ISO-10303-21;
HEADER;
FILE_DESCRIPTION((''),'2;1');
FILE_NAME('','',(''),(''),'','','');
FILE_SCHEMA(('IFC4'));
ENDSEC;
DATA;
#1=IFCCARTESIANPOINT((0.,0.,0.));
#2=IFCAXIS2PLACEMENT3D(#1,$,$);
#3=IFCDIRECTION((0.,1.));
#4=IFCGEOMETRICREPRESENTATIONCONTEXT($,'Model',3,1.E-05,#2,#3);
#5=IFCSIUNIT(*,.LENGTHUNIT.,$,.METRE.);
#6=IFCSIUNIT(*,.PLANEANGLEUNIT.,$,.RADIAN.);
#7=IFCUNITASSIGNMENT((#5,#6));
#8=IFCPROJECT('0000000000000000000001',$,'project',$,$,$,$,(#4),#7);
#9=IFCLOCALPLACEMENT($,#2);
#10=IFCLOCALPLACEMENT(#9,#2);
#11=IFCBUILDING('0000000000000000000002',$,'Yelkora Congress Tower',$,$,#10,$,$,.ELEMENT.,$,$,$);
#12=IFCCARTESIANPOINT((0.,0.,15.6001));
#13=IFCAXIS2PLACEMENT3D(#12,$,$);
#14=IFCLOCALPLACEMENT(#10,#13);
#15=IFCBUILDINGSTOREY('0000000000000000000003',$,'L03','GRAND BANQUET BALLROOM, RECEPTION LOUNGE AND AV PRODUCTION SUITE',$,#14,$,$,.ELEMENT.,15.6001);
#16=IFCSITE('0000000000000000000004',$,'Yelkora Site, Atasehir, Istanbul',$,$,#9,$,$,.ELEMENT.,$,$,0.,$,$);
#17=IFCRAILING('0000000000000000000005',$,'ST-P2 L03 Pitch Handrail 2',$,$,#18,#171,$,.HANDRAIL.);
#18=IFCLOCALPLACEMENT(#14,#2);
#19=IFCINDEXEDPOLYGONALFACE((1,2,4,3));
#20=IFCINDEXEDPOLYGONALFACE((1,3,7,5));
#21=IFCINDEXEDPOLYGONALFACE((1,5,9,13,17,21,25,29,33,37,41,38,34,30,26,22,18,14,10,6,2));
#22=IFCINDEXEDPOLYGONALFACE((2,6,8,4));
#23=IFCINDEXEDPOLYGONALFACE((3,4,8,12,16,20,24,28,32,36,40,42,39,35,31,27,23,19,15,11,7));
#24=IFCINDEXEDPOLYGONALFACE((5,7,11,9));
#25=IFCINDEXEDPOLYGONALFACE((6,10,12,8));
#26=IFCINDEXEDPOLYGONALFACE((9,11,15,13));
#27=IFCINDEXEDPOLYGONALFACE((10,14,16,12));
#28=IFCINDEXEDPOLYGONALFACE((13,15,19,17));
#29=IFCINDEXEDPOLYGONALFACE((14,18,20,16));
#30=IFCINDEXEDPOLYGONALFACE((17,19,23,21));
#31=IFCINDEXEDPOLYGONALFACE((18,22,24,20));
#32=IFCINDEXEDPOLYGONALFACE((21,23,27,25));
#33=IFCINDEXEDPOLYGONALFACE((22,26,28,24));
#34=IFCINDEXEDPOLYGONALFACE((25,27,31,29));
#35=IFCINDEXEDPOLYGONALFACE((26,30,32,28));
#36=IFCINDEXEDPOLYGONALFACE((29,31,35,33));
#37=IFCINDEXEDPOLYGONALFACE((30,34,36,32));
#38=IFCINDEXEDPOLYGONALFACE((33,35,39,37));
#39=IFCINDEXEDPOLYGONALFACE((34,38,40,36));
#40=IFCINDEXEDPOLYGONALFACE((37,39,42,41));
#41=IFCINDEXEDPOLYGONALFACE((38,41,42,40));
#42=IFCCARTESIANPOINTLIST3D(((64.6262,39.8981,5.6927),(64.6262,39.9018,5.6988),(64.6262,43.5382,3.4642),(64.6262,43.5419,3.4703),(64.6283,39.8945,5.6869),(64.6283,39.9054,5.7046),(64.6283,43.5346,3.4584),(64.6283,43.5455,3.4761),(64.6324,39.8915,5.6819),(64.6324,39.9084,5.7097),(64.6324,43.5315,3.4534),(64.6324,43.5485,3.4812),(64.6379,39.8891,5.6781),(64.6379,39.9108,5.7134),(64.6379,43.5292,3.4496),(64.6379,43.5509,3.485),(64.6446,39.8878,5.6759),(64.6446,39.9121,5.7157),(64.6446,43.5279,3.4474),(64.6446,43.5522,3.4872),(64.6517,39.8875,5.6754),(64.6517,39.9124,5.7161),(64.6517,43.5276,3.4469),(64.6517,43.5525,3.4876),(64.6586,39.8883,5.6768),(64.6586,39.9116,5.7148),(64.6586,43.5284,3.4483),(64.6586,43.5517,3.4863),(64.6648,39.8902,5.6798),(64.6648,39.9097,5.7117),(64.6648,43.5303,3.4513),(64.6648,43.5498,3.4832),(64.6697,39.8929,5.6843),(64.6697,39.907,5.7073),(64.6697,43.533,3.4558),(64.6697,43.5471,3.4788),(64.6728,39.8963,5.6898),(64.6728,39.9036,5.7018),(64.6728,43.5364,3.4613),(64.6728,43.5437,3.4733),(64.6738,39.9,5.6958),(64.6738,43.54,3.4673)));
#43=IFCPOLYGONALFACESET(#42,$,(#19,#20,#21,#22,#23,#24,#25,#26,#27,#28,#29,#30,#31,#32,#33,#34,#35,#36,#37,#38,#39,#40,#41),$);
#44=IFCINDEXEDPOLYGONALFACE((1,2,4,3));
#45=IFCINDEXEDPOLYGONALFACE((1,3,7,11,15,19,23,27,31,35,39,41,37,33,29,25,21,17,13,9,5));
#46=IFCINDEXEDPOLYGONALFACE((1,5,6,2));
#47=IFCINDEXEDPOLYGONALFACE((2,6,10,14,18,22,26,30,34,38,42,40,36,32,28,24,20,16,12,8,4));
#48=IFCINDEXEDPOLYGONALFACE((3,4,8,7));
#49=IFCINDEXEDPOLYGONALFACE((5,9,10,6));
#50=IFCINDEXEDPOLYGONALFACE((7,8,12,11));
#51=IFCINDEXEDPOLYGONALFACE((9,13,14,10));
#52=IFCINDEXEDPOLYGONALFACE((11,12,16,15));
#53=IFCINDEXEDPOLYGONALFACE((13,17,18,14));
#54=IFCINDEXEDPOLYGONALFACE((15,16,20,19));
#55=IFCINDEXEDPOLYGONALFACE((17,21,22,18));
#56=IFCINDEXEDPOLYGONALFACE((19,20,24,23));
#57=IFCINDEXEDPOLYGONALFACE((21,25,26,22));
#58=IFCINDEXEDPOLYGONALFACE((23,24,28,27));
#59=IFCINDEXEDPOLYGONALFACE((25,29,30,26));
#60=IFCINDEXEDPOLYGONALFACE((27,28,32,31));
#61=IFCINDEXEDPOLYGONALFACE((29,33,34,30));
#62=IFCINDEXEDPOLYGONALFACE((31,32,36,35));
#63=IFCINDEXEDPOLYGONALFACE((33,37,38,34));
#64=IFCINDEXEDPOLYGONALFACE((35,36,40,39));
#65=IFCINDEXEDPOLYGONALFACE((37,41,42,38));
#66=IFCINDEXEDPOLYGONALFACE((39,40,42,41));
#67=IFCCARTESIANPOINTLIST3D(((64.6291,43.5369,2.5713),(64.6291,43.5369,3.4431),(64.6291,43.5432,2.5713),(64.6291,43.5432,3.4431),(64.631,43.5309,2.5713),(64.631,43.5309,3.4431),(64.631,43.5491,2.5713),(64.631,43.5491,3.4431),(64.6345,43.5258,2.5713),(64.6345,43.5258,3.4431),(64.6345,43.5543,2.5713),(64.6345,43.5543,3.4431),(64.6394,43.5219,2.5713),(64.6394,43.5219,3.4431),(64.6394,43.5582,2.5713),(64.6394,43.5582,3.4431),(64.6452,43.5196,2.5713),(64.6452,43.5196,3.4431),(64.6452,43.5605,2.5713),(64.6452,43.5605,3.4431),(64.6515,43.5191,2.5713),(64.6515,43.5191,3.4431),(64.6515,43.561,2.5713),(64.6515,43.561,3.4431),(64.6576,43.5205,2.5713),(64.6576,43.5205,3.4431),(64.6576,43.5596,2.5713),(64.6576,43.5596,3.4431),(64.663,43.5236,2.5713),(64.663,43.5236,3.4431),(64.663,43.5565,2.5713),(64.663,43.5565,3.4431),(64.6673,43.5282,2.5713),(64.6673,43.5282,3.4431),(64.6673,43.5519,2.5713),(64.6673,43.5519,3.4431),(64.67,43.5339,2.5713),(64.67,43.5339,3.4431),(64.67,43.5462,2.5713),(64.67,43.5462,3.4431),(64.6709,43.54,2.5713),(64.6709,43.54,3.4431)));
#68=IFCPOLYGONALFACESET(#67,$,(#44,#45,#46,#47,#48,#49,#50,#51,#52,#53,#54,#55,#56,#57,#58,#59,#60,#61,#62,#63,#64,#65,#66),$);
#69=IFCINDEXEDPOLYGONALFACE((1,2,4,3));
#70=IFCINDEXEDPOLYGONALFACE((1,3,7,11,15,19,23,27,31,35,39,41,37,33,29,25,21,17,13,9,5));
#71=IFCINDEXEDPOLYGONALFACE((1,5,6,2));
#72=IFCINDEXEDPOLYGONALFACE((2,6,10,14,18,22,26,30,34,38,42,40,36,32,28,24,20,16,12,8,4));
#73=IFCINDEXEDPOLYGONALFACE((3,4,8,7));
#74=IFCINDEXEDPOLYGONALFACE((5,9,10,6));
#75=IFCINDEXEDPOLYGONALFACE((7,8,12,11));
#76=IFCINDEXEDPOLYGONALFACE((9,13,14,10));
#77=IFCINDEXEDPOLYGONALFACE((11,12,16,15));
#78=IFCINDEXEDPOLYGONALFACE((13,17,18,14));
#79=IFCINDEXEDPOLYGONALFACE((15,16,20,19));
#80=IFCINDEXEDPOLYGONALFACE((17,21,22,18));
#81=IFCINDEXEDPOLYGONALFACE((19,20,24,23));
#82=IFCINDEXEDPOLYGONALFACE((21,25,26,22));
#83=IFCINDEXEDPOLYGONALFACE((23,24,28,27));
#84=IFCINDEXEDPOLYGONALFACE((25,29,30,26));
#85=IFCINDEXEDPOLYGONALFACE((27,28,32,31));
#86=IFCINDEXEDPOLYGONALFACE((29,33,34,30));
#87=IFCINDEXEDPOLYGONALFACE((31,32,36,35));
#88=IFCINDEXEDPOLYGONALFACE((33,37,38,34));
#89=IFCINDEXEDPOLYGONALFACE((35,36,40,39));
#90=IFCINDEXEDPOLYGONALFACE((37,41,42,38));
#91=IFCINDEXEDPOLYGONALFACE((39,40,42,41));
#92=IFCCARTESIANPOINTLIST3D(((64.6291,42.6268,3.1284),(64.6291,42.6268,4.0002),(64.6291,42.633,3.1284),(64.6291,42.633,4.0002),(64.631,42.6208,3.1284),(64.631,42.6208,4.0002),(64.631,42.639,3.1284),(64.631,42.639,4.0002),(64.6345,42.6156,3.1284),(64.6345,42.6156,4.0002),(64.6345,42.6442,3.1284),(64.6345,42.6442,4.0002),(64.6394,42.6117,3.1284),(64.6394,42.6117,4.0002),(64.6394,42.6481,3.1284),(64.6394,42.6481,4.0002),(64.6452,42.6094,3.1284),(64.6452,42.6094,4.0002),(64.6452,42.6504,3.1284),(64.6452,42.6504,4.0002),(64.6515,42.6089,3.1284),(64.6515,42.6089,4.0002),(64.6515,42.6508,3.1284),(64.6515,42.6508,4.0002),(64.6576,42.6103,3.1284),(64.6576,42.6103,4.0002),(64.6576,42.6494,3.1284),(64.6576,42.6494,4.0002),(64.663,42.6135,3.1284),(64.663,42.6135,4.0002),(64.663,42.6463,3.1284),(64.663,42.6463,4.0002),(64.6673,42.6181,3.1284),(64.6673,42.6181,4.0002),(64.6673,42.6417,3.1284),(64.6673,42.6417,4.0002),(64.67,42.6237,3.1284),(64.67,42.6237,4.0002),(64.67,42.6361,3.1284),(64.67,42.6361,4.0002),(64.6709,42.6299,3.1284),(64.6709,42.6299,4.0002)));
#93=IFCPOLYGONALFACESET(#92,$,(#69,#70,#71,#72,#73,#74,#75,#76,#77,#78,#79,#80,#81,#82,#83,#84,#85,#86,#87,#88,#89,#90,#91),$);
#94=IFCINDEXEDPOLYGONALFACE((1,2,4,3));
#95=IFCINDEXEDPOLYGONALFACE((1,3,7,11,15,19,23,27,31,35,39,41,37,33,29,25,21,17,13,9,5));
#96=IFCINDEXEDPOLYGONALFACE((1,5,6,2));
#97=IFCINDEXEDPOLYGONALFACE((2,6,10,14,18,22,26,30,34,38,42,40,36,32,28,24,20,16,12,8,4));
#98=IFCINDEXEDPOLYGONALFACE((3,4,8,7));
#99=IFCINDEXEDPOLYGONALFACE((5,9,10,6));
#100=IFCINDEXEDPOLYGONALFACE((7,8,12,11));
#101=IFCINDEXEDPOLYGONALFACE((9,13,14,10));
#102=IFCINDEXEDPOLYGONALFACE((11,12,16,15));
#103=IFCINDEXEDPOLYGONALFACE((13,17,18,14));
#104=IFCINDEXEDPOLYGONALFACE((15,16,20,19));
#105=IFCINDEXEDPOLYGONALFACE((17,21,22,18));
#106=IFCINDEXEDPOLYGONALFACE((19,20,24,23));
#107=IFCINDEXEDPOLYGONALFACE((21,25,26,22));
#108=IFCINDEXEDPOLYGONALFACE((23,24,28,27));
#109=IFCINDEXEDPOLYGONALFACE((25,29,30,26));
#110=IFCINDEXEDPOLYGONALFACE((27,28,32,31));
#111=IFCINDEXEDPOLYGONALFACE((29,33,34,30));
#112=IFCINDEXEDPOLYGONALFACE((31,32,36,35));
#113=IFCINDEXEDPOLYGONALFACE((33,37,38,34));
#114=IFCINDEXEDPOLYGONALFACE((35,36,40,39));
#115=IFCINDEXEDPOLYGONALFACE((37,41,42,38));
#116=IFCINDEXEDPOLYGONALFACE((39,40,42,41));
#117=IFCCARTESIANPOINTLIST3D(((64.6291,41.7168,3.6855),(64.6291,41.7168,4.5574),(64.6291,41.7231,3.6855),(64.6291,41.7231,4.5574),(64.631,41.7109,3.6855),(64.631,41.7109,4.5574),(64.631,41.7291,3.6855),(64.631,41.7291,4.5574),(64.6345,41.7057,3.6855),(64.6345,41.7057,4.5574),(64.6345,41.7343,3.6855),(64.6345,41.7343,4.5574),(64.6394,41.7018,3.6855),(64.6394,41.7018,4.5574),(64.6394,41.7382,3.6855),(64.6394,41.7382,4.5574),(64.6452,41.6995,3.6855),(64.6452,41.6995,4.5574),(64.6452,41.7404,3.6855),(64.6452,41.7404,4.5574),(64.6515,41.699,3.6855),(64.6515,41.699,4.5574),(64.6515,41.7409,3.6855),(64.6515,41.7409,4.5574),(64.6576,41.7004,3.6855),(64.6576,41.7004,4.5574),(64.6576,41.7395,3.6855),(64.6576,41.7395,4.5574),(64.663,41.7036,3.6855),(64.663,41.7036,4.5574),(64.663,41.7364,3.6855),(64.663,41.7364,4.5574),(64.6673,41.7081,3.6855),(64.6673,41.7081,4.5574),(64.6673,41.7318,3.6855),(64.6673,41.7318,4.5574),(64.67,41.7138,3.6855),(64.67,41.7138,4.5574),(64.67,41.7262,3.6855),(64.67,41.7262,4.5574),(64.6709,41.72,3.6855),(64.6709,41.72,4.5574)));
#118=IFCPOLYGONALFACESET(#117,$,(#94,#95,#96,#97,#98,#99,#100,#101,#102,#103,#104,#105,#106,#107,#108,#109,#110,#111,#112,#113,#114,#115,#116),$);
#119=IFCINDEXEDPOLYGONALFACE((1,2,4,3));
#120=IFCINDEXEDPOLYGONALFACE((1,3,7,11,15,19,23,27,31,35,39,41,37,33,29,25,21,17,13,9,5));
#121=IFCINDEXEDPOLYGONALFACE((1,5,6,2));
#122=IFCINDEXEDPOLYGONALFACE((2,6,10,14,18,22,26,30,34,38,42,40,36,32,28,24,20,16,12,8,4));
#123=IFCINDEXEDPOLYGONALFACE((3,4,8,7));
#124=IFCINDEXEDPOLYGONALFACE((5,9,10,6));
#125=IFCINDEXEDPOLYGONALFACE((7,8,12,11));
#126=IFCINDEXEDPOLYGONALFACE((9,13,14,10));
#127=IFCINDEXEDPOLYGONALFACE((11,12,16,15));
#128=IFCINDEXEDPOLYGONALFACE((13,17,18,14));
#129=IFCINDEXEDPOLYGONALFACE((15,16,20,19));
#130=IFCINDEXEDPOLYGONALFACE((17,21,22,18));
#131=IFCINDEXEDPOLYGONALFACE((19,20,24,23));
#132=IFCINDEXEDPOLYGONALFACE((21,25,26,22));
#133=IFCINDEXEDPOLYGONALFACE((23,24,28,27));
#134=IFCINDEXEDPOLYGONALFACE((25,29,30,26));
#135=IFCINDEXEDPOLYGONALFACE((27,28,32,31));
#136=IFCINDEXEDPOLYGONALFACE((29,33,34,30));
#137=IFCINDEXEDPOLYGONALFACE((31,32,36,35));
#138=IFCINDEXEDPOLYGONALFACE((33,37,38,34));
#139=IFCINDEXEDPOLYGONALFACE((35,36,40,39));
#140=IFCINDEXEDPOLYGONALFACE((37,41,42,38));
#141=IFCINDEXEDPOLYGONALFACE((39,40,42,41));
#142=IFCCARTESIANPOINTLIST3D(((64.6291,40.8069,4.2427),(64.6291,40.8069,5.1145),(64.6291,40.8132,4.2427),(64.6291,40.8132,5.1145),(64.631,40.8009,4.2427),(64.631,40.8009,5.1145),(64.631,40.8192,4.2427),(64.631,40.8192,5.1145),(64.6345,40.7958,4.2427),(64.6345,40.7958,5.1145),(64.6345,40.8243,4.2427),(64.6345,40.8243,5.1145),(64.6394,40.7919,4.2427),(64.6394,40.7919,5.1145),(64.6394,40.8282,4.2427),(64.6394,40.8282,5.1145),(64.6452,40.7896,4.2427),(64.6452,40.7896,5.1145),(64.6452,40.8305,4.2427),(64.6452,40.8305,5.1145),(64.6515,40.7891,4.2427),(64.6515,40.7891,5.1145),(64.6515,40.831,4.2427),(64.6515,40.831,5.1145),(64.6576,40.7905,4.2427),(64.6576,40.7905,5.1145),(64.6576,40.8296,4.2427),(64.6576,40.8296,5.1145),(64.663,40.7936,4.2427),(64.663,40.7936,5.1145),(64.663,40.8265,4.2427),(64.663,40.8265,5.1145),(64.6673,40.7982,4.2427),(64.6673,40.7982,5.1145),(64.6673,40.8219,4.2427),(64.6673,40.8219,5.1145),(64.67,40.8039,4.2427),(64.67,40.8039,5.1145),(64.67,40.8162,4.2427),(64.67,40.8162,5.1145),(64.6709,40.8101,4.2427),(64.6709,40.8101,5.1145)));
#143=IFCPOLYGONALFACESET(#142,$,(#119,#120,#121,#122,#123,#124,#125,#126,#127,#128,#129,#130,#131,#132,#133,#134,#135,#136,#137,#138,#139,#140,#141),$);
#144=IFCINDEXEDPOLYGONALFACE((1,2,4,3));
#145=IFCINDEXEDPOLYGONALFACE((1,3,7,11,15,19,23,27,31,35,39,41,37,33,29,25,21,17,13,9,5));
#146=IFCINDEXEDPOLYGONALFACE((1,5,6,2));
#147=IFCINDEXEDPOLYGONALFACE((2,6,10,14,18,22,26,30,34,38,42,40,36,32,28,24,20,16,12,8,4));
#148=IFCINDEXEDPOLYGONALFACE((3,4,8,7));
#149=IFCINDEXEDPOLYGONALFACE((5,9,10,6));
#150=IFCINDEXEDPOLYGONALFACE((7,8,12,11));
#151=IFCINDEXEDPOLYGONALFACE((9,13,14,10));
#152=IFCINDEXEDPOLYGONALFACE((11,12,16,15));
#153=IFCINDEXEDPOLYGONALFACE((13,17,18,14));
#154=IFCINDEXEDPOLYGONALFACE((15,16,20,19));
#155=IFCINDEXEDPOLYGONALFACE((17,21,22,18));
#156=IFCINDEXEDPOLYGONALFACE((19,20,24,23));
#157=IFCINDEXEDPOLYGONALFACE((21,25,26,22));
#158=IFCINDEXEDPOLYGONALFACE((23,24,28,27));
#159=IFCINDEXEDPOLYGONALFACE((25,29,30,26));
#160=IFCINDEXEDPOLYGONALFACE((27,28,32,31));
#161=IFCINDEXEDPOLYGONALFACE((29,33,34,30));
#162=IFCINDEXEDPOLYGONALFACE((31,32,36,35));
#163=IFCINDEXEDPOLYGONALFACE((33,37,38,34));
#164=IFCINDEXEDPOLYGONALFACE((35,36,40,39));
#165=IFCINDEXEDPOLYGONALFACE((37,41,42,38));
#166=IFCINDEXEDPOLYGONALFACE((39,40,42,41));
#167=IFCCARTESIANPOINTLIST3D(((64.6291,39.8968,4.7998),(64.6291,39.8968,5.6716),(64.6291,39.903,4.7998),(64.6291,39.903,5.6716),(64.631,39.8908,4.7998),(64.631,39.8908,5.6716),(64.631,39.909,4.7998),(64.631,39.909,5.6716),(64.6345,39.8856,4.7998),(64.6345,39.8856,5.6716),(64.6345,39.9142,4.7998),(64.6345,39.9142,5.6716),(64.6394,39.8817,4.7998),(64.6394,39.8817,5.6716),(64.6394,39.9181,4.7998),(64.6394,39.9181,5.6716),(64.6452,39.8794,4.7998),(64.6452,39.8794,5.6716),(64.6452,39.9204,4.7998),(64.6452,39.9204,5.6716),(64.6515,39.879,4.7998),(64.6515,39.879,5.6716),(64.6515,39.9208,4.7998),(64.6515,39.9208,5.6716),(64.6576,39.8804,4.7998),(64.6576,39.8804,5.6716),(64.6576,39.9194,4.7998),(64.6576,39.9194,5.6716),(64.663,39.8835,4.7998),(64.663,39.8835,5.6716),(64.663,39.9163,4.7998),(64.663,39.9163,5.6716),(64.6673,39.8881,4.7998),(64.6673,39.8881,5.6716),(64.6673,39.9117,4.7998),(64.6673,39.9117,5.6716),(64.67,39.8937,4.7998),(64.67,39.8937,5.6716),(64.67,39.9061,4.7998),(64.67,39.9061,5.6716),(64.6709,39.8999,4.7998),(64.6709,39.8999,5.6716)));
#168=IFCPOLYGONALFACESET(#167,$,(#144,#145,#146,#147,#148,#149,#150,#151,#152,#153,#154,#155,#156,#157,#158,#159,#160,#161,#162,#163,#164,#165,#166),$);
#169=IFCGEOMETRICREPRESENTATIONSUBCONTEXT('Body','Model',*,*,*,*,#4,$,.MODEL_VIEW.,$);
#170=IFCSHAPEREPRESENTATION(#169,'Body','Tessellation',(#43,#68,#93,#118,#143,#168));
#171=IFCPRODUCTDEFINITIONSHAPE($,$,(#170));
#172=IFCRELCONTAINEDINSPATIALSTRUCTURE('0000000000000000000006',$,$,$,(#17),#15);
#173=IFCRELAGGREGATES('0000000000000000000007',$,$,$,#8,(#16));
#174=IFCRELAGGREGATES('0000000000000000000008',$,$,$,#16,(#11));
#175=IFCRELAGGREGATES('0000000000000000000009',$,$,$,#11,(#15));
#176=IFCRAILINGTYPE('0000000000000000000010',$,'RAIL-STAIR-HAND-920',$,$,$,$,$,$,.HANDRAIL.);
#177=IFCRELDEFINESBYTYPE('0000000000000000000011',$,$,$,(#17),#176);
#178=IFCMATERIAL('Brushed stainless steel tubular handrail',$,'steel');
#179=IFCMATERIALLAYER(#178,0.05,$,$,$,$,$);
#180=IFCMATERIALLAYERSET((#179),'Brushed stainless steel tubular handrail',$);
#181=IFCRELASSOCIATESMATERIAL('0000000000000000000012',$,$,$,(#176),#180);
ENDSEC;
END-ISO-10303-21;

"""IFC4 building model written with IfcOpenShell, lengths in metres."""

from ifc_helpers import new_model, si_unit, direction, frame, origin, origin_2d, place, context, subcontext, project, spatial, circle, extrude, material, layer, layer_set, type_object, element, save


model = new_model("IFC4")

# Units and contexts
model_context = context("Model", 3, precision=1e-05, world=origin(), true_north=direction((0.0, 1.0)))
body_context = subcontext(model_context, "Body", "Model", "MODEL_VIEW")
ifc_project = project(units=[si_unit("LENGTHUNIT", "METRE"), si_unit("PLANEANGLEUNIT", "RADIAN")], contexts=[model_context])

# Site, building, storey
site_placement = place(None, origin())
site = spatial("IfcSite", under=ifc_project, at=site_placement, Name="Yelkora Site, Atasehir, Istanbul", CompositionType="ELEMENT", RefElevation=0.0)
building_placement = place(site_placement, origin())
building = spatial("IfcBuilding", under=site, at=building_placement, Name="Yelkora Congress Tower", CompositionType="ELEMENT")
storey_placement = place(building_placement, frame((0.0, 0.0, 15.6001)))
storey = spatial("IfcBuildingStorey", under=building, at=storey_placement, Name="L03", Description="GRAND BANQUET BALLROOM, RECEPTION LOUNGE AND AV PRODUCTION SUITE", CompositionType="ELEMENT", Elevation=15.6001)

# Railing
ifc_material_1 = material(Name="Brushed stainless steel tubular handrail", Category="steel")
ifc_layer_1 = layer(ifc_material_1, 0.05)
ifc_layer_set_1 = layer_set([ifc_layer_1], Name="Brushed stainless steel tubular handrail")
railing_type_1 = type_object("IfcRailingType", Name="RAIL-STAIR-HAND-920", PredefinedType="HANDRAIL", material=ifc_layer_set_1)
railing_1_placement = place(storey_placement, frame((64.6499, 43.54, 2.5713)))
element("IfcRailing", 1, at=railing_1_placement, inside=storey, type_object=railing_type_1, Name="ST-P2 L03 Pitch Handrail 2", PredefinedType="HANDRAIL", context=body_context, shape_type="SweptSolid", body=[
    extrude(circle(Radius=0.0239, at=origin_2d()), frame((0.0, 0.0, 0.896), z_axis=(0.0, -0.852866, 0.52213), x_axis=(1.0, 0.0, 0.0)), (0.0, 0.0, 1.0), 4.2681),
    extrude(circle(Radius=0.021, at=origin_2d()), origin(), (0.0, 0.0, 1.0), 0.8718),
    extrude(circle(Radius=0.021, at=origin_2d()), frame((0.0, -0.9102, 0.5571)), (0.0, 0.0, 1.0), 0.8718),
    extrude(circle(Radius=0.021, at=origin_2d()), frame((0.0, -1.8201, 1.1143)), (0.0, 0.0, 1.0), 0.8718),
    extrude(circle(Radius=0.021, at=origin_2d()), frame((0.0, -2.73, 1.6714)), (0.0, 0.0, 1.0), 0.8718),
    extrude(circle(Radius=0.021, at=origin_2d()), frame((0.0, -3.6401, 2.2285)), (0.0, 0.0, 1.0), 0.8718),
])

save(model, "model.ifc")
